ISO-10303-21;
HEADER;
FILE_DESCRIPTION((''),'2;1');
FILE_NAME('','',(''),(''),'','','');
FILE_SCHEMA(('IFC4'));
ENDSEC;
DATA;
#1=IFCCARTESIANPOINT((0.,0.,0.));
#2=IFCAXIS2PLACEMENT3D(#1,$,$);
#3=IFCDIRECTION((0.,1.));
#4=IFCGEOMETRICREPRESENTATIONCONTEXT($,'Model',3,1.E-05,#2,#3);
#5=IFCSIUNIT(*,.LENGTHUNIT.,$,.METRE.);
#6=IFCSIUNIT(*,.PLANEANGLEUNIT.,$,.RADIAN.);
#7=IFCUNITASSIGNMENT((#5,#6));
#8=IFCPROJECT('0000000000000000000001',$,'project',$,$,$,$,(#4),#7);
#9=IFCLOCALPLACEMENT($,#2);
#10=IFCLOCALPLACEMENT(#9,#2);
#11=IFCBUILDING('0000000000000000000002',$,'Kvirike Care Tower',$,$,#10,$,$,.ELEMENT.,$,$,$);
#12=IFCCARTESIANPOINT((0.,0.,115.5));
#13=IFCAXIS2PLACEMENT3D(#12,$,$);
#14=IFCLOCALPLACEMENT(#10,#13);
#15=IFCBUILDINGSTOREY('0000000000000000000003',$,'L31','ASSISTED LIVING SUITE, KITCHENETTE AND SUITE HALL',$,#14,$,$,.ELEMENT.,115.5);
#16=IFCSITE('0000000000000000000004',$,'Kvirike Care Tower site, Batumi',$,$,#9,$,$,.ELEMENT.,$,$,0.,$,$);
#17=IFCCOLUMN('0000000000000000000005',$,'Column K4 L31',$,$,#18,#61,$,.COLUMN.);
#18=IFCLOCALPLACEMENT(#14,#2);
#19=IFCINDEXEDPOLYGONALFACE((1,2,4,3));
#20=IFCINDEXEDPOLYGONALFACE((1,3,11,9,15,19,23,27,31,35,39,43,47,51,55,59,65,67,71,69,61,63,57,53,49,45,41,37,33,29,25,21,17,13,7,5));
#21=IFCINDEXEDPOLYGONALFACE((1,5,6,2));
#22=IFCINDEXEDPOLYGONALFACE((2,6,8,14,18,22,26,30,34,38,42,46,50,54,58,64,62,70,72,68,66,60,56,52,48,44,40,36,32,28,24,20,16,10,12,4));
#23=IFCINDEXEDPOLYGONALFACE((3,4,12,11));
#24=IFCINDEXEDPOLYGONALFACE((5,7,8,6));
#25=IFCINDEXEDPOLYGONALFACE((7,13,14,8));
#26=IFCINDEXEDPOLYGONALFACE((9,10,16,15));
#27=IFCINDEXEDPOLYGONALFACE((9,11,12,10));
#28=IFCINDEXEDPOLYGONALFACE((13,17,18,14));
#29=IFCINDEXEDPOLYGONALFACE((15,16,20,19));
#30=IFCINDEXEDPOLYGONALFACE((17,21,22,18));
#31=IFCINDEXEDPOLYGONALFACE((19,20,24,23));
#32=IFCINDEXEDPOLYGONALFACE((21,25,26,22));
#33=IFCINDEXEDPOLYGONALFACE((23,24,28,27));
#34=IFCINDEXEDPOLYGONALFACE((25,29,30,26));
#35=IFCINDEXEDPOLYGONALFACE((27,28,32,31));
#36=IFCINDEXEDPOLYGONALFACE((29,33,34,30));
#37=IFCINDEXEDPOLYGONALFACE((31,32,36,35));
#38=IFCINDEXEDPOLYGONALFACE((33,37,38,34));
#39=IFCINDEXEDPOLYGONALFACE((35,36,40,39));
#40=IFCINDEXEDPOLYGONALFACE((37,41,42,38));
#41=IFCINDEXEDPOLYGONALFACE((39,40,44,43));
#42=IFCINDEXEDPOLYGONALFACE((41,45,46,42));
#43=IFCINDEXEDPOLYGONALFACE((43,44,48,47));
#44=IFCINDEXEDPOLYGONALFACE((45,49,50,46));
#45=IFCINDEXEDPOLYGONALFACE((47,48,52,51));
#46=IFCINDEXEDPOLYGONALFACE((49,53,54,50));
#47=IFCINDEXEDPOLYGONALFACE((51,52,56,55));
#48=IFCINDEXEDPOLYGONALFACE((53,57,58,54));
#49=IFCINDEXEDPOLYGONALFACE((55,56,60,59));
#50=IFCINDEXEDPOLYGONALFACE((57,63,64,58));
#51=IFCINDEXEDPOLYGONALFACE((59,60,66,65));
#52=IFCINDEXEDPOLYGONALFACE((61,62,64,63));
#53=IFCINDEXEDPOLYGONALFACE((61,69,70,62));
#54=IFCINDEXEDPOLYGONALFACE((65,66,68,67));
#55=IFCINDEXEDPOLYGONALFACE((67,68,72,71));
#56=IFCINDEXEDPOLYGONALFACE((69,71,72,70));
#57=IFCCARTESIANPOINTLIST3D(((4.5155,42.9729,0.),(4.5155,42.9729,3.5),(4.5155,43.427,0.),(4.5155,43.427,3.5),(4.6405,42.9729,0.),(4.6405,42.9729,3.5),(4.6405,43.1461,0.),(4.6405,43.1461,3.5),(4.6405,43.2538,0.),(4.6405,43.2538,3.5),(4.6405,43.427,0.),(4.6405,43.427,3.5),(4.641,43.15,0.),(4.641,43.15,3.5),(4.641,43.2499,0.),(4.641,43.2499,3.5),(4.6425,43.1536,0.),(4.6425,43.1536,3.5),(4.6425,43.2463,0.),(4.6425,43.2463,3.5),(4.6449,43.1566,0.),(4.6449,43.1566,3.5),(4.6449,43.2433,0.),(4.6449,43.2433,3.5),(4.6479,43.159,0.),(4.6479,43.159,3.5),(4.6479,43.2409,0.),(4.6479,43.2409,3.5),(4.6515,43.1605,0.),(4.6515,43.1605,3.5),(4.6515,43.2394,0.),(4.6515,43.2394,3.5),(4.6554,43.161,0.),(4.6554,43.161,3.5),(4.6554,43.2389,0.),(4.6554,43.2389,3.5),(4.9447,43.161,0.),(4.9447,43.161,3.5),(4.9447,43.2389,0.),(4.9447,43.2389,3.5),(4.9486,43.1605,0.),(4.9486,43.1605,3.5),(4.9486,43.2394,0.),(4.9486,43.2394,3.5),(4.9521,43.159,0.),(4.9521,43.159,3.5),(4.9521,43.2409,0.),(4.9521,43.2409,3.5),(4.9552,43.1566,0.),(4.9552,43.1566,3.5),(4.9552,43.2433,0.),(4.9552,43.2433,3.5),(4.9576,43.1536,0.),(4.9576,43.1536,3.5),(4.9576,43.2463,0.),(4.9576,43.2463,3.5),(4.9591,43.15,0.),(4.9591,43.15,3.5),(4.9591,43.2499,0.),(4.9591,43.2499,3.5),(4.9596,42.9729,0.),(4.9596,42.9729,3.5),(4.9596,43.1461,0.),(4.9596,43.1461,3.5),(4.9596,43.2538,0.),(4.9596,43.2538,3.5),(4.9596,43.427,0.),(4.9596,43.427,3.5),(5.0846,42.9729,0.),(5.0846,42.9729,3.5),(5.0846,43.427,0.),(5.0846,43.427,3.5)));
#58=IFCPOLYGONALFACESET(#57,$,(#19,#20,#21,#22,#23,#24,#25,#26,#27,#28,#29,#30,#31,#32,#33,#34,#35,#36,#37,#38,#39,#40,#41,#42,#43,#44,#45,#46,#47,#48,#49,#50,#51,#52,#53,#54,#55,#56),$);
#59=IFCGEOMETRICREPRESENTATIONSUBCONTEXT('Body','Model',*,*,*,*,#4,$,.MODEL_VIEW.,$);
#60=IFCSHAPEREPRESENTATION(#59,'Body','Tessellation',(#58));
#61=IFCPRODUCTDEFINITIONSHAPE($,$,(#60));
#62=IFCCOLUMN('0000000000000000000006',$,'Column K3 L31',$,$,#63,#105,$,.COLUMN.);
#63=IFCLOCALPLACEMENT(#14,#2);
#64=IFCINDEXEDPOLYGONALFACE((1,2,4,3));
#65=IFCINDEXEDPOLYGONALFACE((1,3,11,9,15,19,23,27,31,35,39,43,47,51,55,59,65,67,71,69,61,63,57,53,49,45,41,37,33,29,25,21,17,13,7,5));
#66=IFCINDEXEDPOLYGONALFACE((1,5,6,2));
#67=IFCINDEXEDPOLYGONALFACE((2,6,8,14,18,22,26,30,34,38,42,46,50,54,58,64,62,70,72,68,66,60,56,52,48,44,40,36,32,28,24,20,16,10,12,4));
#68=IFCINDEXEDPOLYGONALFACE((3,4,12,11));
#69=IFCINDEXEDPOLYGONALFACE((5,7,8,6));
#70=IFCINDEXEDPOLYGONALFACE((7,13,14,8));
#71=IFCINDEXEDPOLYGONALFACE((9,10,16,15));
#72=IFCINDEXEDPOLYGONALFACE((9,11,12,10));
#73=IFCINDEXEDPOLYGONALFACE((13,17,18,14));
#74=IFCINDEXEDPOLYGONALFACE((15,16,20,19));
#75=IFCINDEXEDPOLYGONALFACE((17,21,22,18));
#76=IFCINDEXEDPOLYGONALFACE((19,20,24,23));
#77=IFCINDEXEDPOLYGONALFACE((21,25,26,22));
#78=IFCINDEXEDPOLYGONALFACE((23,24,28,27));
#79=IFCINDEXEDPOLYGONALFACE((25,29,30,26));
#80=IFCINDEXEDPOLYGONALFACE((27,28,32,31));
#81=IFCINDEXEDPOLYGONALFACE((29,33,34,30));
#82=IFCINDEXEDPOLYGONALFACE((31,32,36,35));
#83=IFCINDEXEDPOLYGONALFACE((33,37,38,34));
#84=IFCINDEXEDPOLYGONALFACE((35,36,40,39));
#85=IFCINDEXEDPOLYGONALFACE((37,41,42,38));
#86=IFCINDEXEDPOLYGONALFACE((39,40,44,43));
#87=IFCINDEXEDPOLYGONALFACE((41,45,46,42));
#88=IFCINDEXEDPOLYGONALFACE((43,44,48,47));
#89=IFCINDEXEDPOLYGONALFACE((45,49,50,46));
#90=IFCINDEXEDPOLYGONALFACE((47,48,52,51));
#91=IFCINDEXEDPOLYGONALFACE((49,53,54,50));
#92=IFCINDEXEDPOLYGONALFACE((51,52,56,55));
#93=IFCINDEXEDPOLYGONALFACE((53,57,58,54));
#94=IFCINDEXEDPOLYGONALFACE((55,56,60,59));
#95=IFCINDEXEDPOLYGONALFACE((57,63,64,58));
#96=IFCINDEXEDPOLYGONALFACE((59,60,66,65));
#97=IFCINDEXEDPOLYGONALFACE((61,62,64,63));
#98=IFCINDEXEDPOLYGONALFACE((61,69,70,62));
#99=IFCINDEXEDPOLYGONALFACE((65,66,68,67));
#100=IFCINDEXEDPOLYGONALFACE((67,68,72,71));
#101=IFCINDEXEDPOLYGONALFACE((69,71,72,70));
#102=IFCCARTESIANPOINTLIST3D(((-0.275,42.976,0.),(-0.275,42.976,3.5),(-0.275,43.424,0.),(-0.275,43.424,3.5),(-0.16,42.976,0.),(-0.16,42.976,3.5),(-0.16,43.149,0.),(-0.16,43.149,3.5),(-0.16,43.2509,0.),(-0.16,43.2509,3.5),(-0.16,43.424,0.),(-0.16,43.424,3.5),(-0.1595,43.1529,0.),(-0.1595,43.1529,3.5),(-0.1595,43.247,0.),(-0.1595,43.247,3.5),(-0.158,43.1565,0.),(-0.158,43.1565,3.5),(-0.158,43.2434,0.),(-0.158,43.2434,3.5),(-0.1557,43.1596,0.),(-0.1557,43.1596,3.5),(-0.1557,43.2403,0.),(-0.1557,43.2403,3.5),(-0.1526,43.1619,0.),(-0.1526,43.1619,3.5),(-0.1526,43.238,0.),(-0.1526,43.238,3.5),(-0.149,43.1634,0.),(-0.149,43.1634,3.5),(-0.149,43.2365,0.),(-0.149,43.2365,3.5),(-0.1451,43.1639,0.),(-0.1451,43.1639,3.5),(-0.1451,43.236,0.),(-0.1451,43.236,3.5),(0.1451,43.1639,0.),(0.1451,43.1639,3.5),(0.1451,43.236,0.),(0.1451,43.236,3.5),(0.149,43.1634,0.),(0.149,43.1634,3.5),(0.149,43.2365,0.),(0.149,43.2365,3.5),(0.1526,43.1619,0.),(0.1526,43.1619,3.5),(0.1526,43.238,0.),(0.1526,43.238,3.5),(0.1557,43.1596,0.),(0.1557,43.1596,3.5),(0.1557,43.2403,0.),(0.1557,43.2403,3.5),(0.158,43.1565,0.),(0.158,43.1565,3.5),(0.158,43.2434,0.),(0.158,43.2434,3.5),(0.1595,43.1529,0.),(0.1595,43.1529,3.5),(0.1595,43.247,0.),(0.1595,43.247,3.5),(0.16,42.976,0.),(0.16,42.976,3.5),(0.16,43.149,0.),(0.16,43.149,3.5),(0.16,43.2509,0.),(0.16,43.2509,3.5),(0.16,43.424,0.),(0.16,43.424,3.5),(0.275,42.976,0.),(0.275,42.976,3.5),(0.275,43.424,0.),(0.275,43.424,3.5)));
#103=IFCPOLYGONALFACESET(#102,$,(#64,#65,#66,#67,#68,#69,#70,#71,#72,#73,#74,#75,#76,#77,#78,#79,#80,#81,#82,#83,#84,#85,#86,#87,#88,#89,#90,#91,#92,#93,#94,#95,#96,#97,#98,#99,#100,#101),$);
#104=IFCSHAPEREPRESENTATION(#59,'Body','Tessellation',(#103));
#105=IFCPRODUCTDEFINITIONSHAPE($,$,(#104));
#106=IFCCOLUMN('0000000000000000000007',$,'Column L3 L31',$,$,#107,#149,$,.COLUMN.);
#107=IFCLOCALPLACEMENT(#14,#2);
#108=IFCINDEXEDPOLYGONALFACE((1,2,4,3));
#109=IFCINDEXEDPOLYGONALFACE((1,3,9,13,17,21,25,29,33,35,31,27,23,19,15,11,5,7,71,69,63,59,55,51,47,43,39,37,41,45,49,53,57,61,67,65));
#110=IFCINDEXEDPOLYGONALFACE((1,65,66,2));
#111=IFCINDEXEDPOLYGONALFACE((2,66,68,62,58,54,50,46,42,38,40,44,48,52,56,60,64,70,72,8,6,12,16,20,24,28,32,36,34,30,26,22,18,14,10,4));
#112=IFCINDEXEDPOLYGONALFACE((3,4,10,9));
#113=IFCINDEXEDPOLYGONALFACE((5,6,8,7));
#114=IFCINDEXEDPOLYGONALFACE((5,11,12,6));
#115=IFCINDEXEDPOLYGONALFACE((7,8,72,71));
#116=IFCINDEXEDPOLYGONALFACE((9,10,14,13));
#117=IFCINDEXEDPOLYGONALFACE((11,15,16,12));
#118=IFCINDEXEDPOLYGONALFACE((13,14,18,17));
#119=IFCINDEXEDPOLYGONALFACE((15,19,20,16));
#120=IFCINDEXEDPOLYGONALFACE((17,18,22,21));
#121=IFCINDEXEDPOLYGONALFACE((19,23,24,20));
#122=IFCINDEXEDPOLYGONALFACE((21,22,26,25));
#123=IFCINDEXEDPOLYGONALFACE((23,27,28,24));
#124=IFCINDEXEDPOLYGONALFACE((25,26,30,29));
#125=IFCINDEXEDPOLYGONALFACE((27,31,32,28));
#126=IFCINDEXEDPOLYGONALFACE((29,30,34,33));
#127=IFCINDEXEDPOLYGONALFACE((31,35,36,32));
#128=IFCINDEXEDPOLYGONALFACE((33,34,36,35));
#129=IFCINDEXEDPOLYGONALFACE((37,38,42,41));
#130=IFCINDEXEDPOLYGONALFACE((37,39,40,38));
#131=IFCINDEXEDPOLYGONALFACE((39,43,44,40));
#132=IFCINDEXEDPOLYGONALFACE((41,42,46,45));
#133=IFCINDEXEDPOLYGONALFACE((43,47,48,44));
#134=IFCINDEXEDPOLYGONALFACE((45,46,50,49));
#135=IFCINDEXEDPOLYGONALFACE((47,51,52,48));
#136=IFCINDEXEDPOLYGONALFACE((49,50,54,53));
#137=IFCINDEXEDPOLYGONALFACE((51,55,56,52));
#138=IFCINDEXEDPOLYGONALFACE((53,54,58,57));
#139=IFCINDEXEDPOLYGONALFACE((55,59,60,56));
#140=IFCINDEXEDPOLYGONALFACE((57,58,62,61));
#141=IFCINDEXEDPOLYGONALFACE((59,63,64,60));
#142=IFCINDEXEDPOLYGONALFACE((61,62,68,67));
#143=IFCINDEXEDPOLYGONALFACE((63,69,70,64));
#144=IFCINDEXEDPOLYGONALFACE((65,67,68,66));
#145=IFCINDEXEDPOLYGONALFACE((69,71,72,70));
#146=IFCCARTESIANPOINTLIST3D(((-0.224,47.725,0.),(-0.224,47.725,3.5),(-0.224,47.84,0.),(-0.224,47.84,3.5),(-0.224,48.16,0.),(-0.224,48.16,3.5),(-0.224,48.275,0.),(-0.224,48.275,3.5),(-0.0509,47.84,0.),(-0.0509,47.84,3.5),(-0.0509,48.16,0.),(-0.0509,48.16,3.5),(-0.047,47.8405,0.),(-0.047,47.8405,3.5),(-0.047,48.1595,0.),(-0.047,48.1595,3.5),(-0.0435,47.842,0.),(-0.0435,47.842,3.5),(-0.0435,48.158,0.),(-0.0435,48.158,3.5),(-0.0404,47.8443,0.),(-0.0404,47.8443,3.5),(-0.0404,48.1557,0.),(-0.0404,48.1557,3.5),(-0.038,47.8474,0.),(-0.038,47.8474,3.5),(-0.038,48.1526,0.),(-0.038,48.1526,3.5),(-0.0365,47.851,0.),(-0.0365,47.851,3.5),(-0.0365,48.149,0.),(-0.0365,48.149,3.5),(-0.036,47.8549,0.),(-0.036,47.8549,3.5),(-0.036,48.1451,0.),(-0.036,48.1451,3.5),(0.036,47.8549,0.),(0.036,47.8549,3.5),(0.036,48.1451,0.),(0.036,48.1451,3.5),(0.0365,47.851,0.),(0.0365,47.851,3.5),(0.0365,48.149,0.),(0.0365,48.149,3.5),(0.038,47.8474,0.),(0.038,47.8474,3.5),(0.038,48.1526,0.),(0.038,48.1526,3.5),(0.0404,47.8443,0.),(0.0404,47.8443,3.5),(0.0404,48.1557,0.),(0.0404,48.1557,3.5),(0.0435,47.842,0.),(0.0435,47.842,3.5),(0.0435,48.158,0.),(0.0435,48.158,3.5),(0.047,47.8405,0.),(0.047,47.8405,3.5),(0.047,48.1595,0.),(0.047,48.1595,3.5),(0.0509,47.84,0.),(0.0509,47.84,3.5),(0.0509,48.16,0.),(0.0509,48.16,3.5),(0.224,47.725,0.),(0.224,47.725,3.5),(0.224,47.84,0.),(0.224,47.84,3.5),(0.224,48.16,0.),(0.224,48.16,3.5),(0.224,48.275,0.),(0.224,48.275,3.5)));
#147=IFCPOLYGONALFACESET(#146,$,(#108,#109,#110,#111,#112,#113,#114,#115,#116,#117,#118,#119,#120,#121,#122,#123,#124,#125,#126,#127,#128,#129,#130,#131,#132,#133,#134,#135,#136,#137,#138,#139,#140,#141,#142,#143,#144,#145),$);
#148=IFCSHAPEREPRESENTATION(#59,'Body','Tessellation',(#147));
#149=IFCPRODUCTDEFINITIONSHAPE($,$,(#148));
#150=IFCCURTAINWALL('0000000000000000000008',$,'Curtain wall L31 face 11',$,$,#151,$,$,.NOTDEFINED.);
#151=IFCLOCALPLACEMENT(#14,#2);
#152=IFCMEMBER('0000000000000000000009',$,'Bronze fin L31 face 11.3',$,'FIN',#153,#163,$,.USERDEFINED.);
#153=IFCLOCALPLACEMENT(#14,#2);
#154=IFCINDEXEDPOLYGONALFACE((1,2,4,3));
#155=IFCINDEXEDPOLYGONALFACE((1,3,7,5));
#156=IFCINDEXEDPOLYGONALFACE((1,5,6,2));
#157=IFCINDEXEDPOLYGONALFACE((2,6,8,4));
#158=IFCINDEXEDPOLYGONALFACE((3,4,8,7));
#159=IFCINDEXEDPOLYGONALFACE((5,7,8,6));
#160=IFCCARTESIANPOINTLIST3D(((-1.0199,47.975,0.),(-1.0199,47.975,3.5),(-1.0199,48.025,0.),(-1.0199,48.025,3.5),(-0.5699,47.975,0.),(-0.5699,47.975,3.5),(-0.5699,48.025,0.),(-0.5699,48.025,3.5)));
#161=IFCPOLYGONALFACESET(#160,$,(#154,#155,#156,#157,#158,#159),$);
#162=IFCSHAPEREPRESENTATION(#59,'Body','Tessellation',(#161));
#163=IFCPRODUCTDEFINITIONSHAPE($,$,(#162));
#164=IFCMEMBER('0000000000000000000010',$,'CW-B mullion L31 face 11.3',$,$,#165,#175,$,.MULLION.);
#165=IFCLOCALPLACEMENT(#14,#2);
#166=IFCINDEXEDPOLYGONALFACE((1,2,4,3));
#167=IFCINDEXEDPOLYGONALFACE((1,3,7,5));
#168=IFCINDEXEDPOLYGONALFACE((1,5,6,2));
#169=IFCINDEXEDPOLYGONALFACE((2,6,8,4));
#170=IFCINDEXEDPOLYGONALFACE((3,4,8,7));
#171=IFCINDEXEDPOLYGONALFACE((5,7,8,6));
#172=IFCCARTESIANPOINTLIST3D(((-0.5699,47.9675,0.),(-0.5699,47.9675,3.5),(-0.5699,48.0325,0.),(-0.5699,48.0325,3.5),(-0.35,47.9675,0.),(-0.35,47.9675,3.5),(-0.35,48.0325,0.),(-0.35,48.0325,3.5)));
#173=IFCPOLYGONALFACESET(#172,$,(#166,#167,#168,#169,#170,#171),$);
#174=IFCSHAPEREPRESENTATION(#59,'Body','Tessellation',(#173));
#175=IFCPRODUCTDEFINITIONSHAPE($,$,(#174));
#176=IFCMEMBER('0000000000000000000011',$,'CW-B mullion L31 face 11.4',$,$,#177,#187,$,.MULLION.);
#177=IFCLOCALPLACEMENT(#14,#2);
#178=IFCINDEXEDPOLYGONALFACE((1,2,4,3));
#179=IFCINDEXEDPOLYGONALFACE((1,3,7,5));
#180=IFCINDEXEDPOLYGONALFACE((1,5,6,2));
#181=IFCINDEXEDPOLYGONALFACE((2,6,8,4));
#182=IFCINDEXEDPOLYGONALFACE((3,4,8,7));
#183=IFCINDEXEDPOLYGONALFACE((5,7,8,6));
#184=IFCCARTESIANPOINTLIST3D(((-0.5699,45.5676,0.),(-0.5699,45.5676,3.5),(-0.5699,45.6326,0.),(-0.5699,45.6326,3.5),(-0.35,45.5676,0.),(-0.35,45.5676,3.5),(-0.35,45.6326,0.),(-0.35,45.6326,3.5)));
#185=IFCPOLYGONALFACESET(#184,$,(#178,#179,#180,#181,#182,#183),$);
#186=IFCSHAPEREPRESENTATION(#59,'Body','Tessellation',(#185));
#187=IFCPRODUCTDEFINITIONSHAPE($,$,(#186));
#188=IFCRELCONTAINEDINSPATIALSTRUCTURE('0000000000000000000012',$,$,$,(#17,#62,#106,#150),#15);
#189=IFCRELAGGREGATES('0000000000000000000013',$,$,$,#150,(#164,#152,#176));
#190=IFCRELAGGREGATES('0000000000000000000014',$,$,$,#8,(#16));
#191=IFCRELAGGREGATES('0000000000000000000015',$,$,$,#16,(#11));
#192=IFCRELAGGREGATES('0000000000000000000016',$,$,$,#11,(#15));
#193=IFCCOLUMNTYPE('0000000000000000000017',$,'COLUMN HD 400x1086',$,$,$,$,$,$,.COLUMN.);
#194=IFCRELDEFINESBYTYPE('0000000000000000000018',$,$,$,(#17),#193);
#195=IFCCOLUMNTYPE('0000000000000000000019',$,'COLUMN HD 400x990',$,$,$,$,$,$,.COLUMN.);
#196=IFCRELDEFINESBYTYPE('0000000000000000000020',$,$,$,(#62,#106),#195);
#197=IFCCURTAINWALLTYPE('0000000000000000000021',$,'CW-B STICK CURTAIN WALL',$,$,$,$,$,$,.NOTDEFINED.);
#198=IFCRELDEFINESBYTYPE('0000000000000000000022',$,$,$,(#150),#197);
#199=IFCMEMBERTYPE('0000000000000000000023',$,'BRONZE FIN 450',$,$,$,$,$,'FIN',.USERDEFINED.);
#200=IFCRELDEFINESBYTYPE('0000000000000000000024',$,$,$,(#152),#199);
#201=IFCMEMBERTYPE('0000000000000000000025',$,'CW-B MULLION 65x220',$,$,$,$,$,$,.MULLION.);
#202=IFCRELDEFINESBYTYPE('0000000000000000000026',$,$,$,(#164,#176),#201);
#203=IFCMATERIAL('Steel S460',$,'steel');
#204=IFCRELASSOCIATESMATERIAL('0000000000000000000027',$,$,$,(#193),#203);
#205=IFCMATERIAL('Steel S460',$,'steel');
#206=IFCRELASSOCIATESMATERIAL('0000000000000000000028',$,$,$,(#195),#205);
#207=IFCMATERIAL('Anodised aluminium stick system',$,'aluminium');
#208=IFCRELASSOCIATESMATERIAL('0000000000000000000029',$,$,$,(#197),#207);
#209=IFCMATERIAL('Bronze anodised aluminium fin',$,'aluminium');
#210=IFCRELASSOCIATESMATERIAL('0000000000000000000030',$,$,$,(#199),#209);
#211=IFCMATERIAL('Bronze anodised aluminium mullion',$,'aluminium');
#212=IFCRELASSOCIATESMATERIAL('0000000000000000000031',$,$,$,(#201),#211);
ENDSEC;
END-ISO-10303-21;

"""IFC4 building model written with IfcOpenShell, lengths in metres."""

from ifc_helpers import new_model, si_unit, direction, frame, origin, origin_2d, place, context, subcontext, project, spatial, rectangle, i_section, extrude, material, material_profile, profile_set, type_object, element, aggregate, save


model = new_model("IFC4")

# Units and contexts
model_context = context("Model", 3, precision=1e-05, world=origin(), true_north=direction((0.0, 1.0)))
body_context = subcontext(model_context, "Body", "Model", "MODEL_VIEW")
ifc_project = project(units=[si_unit("LENGTHUNIT", "METRE"), si_unit("PLANEANGLEUNIT", "RADIAN")], contexts=[model_context])

# Site, building, storey
site_placement = place(None, origin())
site = spatial("IfcSite", under=ifc_project, at=site_placement, Name="Kvirike Care Tower site, Batumi", CompositionType="ELEMENT", RefElevation=0.0)
building_placement = place(site_placement, origin())
building = spatial("IfcBuilding", under=site, at=building_placement, Name="Kvirike Care Tower", CompositionType="ELEMENT")
storey_placement = place(building_placement, frame((0.0, 0.0, 115.5)))
storey = spatial("IfcBuildingStorey", under=building, at=storey_placement, Name="L31", Description="ASSISTED LIVING SUITE, KITCHENETTE AND SUITE HALL", CompositionType="ELEMENT", Elevation=115.5)

# Columns
ifc_material_1 = material(Name="Steel S460", Category="steel")
ifc_material_profile_1 = material_profile(ifc_material_1, i_section(OverallWidth=0.4541, OverallDepth=0.5691, WebThickness=0.0779, FlangeThickness=0.125, FilletRadius=0.0149, at=origin_2d()), Name="HD 400x1086")
ifc_profile_set_1 = profile_set([ifc_material_profile_1], Name="Steel S460")
column_type_1 = type_object("IfcColumnType", Name="COLUMN HD 400x1086", PredefinedType="COLUMN", material=ifc_profile_set_1)
column_placement = place(storey_placement, frame((4.8, 43.2, 0.0), z_axis=(0.0, 0.0, 1.0), x_axis=(0.0, 1.0, 0.0)))
element("IfcColumn", 1, at=column_placement, inside=storey, type_object=column_type_1, Name="Column K4 L31", PredefinedType="COLUMN", context=body_context, shape_type="SweptSolid", body=[
    extrude(i_section(OverallWidth=0.4541, OverallDepth=0.5691, WebThickness=0.0779, FlangeThickness=0.125, FilletRadius=0.0149, at=origin_2d()), origin(), (0.0, 0.0, 1.0), 3.5),
])
ifc_material_2 = material(Name="Steel S460", Category="steel")
ifc_material_profile_2 = material_profile(ifc_material_2, i_section(OverallWidth=0.448, OverallDepth=0.55, WebThickness=0.072, FlangeThickness=0.115, FilletRadius=0.0149, at=origin_2d()), Name="HD 400x990")
ifc_profile_set_2 = profile_set([ifc_material_profile_2], Name="Steel S460")
column_type_2 = type_object("IfcColumnType", Name="COLUMN HD 400x990", PredefinedType="COLUMN", material=ifc_profile_set_2)
for number, where, z_axis, x_axis, name in (
    (2, (0.0, 43.2, 0.0), (0.0, 0.0, 1.0), (0.0, 1.0, 0.0), "Column K3 L31"),
    (3, (0.0, 48.0, 0.0), (0.0, 0.0, 1.0), (1.0, 0.0, 0.0), "Column L3 L31"),
):
    element("IfcColumn", number, at=place(storey_placement, frame(where, z_axis=z_axis, x_axis=x_axis)), inside=storey, type_object=column_type_2, Name=name, PredefinedType="COLUMN", context=body_context, shape_type="SweptSolid", body=[
        extrude(i_section(OverallWidth=0.448, OverallDepth=0.55, WebThickness=0.072, FlangeThickness=0.115, FilletRadius=0.0149, at=origin_2d()), origin(), (0.0, 0.0, 1.0), 3.5),
    ])

# Curtain wall, members
ifc_material_3 = material(Name="Anodised aluminium stick system", Category="aluminium")
curtain_wall_type = type_object("IfcCurtainWallType", Name="CW-B STICK CURTAIN WALL", PredefinedType="NOTDEFINED", material=ifc_material_3)
curtain_wall_placement = place(storey_placement, origin())
curtain_wall = element("IfcCurtainWall", 4, at=curtain_wall_placement, inside=storey, type_object=curtain_wall_type, Name="Curtain wall L31 face 11", PredefinedType="NOTDEFINED")
ifc_material_4 = material(Name="Bronze anodised aluminium fin", Category="aluminium")
ifc_material_profile_3 = material_profile(ifc_material_4, rectangle(XDim=0.05, YDim=0.45, at=origin_2d()), Name="BRONZE FIN 450")
ifc_profile_set_3 = profile_set([ifc_material_profile_3], Name="Bronze anodised aluminium fin")
member_type_1 = type_object("IfcMemberType", Name="BRONZE FIN 450", ElementType="FIN", PredefinedType="USERDEFINED", material=ifc_profile_set_3)
member_1_placement = place(storey_placement, frame((-0.7949, 48.0, 0.0), z_axis=(0.0, 0.0, 1.0), x_axis=(0.0, -1.0, 0.0)))
member_1 = element("IfcMember", 5, at=member_1_placement, type_object=member_type_1, Name="Bronze fin L31 face 11.3", ObjectType="FIN", PredefinedType="USERDEFINED", context=body_context, shape_type="SweptSolid", body=[
    extrude(rectangle(XDim=0.05, YDim=0.45, at=origin_2d()), origin(), (0.0, 0.0, 1.0), 3.5),
])
ifc_material_5 = material(Name="Bronze anodised aluminium mullion", Category="aluminium")
ifc_material_profile_4 = material_profile(ifc_material_5, rectangle(XDim=0.0649, YDim=0.22, at=origin_2d()), Name="CW-B MULLION 65x220")
ifc_profile_set_4 = profile_set([ifc_material_profile_4], Name="Bronze anodised aluminium mullion")
member_type_2 = type_object("IfcMemberType", Name="CW-B MULLION 65x220", PredefinedType="MULLION", material=ifc_profile_set_4)
member_2_placement = place(storey_placement, frame((-0.46, 48.0, 0.0), z_axis=(0.0, 0.0, 1.0), x_axis=(0.0, -1.0, 0.0)))
member_2 = element("IfcMember", 6, at=member_2_placement, type_object=member_type_2, Name="CW-B mullion L31 face 11.3", PredefinedType="MULLION", context=body_context, shape_type="SweptSolid", body=[
    extrude(rectangle(XDim=0.0649, YDim=0.22, at=origin_2d()), origin(), (0.0, 0.0, 1.0), 3.5),
])
member_3_placement = place(storey_placement, frame((-0.46, 45.6001, 0.0), z_axis=(0.0, 0.0, 1.0), x_axis=(0.0, -1.0, 0.0)))
member_3 = element("IfcMember", 7, at=member_3_placement, type_object=member_type_2, Name="CW-B mullion L31 face 11.4", PredefinedType="MULLION", context=body_context, shape_type="SweptSolid", body=[
    extrude(rectangle(XDim=0.0649, YDim=0.22, at=origin_2d()), origin(), (0.0, 0.0, 1.0), 3.5),
])

aggregate(curtain_wall, [member_2, member_1, member_3])

save(model, "model.ifc")
